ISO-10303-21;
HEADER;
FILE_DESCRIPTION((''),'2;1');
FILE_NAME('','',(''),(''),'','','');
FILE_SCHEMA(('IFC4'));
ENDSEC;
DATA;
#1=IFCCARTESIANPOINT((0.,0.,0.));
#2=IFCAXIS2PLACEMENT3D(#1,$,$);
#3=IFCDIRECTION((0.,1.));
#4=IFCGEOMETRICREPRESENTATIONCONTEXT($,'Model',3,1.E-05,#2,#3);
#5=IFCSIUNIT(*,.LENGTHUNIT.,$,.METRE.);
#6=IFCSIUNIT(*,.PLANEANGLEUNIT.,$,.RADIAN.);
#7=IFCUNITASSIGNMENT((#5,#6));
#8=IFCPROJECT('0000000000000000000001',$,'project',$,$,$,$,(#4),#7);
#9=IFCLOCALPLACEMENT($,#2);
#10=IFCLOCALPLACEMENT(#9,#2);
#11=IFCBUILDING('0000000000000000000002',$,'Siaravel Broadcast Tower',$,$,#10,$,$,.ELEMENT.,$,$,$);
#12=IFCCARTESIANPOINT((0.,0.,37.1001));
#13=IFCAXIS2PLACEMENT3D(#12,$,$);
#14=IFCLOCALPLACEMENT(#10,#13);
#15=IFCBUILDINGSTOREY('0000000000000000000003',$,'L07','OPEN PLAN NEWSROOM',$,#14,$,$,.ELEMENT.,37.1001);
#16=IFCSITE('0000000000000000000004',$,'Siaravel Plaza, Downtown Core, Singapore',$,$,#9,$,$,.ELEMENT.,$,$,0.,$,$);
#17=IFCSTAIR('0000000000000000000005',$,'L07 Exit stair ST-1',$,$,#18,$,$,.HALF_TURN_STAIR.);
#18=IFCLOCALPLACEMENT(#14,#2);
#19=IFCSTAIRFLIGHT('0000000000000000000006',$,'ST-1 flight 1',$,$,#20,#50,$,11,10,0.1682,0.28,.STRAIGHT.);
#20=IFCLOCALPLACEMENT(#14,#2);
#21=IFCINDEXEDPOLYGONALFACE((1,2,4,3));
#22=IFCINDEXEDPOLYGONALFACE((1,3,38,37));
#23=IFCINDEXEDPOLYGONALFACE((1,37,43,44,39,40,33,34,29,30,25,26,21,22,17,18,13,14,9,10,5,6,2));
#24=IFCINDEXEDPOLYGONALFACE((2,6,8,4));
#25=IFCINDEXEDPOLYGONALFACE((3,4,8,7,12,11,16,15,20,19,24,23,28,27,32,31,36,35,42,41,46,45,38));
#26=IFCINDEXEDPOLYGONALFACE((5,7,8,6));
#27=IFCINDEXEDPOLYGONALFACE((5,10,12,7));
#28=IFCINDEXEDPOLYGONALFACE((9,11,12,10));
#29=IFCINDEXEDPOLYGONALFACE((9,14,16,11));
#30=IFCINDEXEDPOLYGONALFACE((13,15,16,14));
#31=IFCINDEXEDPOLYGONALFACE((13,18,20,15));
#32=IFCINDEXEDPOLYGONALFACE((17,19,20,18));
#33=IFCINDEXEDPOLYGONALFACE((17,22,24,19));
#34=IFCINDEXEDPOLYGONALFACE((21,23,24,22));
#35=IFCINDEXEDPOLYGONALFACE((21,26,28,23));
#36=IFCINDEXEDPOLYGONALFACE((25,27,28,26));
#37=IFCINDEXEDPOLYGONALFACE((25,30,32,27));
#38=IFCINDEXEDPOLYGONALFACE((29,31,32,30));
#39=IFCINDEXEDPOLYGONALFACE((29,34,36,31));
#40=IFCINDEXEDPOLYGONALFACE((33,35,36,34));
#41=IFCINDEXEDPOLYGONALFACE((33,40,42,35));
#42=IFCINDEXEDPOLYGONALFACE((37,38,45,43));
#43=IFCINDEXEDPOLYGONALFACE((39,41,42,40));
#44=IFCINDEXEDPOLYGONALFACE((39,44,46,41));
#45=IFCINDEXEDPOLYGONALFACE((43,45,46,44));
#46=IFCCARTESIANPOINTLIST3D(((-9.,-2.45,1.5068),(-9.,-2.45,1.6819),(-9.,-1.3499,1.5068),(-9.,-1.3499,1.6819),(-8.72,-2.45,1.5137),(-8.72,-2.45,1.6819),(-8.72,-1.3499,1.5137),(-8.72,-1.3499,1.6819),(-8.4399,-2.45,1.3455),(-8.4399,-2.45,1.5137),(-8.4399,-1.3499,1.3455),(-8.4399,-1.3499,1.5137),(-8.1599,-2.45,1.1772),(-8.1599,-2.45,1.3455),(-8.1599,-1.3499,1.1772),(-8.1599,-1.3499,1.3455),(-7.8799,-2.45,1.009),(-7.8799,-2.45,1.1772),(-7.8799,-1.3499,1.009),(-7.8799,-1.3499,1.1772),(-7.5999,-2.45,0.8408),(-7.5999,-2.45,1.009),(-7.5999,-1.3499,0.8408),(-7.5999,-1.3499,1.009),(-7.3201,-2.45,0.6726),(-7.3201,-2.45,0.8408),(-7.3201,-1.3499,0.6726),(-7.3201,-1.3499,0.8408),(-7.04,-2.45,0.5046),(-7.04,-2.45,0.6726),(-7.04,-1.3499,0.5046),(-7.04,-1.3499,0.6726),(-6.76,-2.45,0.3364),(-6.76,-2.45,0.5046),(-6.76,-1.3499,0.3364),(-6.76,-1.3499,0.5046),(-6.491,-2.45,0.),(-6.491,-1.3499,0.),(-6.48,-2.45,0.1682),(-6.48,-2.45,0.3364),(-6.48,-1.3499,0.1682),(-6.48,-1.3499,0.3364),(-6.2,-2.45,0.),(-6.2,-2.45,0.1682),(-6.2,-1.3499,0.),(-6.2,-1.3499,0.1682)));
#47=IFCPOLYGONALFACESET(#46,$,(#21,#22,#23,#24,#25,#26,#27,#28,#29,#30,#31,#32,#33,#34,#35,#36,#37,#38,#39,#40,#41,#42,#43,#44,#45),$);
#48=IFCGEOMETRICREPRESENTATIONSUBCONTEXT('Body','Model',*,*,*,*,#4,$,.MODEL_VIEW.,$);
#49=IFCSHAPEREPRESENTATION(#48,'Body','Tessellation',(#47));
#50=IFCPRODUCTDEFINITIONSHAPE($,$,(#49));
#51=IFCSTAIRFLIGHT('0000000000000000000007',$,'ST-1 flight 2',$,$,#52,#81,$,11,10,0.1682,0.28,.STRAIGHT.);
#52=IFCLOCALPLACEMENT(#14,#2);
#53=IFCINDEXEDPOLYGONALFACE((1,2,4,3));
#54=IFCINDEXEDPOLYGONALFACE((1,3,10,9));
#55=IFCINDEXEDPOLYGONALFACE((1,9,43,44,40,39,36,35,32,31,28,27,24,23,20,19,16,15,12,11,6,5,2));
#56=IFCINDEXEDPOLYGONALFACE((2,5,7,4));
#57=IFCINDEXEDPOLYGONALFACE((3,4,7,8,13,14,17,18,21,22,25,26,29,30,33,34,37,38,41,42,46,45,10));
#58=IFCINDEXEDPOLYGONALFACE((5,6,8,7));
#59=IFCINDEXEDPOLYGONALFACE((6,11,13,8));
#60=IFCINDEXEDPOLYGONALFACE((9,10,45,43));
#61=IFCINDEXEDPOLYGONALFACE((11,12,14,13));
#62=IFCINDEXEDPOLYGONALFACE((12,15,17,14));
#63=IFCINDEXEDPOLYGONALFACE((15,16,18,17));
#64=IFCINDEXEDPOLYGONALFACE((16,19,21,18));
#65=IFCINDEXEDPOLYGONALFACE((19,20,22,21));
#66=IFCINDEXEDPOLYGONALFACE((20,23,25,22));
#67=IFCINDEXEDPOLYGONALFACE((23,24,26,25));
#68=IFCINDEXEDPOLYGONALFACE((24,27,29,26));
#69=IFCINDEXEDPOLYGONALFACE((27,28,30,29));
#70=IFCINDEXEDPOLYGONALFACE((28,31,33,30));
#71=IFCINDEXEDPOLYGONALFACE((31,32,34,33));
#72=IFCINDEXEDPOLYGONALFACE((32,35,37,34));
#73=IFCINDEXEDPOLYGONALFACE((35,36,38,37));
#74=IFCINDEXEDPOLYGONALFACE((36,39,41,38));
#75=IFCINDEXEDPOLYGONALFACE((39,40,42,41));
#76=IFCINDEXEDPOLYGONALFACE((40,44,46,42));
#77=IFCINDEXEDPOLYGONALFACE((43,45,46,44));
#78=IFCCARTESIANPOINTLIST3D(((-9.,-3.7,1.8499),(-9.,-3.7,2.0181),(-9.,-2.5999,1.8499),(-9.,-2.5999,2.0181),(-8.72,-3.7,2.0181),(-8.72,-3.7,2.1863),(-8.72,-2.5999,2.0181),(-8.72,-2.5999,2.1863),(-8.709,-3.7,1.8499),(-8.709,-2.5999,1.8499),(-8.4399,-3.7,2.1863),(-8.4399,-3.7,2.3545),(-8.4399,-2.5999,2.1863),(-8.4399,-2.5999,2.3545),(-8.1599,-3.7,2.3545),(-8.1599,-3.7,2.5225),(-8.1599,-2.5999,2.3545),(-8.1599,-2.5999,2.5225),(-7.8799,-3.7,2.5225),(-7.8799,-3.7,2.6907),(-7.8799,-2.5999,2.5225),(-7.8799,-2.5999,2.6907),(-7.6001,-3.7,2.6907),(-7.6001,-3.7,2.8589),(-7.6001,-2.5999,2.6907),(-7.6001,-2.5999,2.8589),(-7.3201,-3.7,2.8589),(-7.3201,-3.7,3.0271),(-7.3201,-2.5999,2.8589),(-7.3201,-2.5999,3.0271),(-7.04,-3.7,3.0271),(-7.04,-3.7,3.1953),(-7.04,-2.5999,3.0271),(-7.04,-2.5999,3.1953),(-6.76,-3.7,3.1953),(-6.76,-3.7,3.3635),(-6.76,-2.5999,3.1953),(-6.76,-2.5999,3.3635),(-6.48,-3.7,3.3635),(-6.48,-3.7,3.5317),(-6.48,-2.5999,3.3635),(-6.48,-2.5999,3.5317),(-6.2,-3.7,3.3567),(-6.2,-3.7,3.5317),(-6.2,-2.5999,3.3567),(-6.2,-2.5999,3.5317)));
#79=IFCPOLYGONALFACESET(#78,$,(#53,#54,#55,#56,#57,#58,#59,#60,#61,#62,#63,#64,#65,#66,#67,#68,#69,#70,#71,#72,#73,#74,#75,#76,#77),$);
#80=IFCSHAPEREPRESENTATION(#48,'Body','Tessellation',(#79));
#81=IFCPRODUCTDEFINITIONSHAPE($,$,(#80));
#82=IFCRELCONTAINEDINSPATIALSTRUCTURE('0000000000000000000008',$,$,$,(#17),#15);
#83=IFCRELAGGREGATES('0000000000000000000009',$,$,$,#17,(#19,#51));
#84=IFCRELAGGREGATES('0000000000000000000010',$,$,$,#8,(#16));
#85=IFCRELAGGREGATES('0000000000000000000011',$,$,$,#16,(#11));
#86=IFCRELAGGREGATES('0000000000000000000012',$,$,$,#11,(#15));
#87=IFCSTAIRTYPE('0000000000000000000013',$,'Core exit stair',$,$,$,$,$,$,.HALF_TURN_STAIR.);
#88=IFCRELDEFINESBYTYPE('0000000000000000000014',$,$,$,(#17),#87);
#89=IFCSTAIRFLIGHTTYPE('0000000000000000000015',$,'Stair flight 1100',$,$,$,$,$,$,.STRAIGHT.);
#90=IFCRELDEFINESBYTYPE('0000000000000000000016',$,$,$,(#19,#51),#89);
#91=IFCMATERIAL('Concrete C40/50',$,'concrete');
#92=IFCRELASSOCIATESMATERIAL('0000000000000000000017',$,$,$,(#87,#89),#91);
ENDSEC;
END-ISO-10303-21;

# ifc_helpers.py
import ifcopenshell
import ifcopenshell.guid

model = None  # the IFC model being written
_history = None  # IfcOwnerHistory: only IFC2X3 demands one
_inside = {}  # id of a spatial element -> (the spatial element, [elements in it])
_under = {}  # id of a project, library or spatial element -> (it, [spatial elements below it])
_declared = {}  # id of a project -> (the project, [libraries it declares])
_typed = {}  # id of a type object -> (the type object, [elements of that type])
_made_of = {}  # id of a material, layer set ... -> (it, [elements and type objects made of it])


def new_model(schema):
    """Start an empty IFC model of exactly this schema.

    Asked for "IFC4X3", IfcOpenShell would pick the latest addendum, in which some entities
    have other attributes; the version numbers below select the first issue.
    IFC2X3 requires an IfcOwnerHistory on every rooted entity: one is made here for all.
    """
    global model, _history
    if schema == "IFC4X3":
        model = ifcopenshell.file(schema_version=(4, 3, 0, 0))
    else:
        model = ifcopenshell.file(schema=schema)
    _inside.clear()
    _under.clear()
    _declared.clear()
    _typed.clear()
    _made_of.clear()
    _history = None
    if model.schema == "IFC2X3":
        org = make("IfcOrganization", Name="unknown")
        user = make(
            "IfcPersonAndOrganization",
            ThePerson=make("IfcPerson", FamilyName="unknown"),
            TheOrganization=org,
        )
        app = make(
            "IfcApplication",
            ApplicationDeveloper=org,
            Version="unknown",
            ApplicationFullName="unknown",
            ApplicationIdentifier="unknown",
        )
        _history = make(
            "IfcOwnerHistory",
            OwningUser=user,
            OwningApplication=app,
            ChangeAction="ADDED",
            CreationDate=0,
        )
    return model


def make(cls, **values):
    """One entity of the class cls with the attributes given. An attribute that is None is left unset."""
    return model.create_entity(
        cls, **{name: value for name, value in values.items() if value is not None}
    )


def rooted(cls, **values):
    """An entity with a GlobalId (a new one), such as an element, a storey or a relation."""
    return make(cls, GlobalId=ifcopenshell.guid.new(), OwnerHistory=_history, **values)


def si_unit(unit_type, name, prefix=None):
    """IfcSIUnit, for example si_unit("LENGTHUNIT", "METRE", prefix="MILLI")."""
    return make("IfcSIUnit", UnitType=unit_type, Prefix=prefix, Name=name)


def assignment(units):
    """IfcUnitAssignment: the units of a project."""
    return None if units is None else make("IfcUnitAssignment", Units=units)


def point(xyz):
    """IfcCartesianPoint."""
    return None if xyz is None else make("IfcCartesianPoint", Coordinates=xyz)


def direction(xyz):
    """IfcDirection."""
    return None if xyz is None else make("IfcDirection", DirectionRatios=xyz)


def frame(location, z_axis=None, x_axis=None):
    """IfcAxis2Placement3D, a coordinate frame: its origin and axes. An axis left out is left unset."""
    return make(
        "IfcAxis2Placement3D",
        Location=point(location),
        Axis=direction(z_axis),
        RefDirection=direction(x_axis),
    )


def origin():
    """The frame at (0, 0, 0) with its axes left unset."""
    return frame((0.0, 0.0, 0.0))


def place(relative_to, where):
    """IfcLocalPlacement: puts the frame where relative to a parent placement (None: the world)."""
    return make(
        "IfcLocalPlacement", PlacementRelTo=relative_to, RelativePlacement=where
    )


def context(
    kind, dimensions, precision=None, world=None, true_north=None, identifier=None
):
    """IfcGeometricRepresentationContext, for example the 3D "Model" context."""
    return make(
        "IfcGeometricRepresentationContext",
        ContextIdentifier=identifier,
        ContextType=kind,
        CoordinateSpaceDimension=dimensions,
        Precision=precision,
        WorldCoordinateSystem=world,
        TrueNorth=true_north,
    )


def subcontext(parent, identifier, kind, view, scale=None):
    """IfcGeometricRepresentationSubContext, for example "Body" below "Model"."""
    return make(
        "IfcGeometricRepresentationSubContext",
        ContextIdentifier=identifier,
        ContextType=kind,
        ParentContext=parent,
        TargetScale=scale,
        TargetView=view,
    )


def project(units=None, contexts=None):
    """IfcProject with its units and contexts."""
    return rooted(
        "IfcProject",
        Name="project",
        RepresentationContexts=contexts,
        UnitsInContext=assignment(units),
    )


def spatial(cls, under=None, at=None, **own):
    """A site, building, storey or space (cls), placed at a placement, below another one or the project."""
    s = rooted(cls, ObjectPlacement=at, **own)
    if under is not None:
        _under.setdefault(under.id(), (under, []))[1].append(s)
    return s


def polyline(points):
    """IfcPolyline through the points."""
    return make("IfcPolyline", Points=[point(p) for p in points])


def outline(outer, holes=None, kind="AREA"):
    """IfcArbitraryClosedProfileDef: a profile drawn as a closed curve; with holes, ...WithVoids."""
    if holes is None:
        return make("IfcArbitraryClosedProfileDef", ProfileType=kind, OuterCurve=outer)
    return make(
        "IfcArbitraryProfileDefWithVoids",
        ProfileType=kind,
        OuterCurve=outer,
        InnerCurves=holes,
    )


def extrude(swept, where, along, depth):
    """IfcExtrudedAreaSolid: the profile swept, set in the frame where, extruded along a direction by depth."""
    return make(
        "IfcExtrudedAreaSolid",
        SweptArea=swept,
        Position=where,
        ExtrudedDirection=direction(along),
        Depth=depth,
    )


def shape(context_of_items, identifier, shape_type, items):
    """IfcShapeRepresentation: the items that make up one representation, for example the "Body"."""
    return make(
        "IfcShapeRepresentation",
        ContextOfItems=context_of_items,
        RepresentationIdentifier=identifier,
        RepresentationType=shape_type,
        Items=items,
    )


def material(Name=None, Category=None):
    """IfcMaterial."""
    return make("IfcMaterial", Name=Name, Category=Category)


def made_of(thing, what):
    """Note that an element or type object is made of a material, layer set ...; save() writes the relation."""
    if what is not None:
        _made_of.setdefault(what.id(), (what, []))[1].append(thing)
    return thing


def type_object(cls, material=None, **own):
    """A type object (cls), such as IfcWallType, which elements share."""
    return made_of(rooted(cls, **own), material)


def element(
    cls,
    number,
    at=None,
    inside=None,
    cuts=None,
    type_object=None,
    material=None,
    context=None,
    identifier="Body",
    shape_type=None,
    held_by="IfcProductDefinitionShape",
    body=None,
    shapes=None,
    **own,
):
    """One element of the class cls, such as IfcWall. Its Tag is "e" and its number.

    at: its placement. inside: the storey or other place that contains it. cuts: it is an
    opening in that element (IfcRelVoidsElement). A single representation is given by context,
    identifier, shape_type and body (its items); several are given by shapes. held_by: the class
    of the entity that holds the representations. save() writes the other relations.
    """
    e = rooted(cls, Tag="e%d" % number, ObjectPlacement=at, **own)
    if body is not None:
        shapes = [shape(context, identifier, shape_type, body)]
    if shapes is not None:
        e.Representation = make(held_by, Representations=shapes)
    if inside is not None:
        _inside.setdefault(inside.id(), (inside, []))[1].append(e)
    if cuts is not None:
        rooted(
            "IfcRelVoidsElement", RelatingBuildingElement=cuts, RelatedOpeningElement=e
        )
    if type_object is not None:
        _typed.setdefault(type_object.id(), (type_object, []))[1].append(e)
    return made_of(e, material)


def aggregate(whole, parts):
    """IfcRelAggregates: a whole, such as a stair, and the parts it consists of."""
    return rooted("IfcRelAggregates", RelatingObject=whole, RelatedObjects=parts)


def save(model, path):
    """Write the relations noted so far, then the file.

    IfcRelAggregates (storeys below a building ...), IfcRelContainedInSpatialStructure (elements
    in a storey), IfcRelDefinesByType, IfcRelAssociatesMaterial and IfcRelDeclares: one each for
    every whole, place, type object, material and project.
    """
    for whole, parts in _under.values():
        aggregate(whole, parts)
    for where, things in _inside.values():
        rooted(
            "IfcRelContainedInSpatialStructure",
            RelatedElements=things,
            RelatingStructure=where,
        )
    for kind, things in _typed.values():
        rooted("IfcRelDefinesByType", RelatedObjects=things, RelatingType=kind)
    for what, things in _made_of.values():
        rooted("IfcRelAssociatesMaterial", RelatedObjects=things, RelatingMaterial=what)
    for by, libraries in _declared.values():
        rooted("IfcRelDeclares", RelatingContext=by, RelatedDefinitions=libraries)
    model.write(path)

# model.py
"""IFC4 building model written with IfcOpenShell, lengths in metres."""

from ifc_helpers import new_model, si_unit, direction, frame, origin, place, context, subcontext, project, spatial, polyline, outline, extrude, material, type_object, element, aggregate, save


model = new_model("IFC4")

# Units and contexts
model_context = context("Model", 3, precision=1e-05, world=origin(), true_north=direction((0.0, 1.0)))
body_context = subcontext(model_context, "Body", "Model", "MODEL_VIEW")
ifc_project = project(units=[si_unit("LENGTHUNIT", "METRE"), si_unit("PLANEANGLEUNIT", "RADIAN")], contexts=[model_context])

# Site, building, storey
site_placement = place(None, origin())
site = spatial("IfcSite", under=ifc_project, at=site_placement, Name="Siaravel Plaza, Downtown Core, Singapore", CompositionType="ELEMENT", RefElevation=0.0)
building_placement = place(site_placement, origin())
building = spatial("IfcBuilding", under=site, at=building_placement, Name="Siaravel Broadcast Tower", CompositionType="ELEMENT")
storey_placement = place(building_placement, frame((0.0, 0.0, 37.1001)))
storey = spatial("IfcBuildingStorey", under=building, at=storey_placement, Name="L07", Description="OPEN PLAN NEWSROOM", CompositionType="ELEMENT", Elevation=37.1001)

# Stair, stair flights
ifc_material_1 = material(Name="Concrete C40/50", Category="concrete")
stair_type = type_object("IfcStairType", Name="Core exit stair", PredefinedType="HALF_TURN_STAIR", material=ifc_material_1)
stair_placement = place(storey_placement, origin())
stair = element("IfcStair", 1, at=stair_placement, inside=storey, type_object=stair_type, Name="L07 Exit stair ST-1", PredefinedType="HALF_TURN_STAIR")
stair_flight_type = type_object("IfcStairFlightType", Name="Stair flight 1100", PredefinedType="STRAIGHT", material=ifc_material_1)
stair_flight_1_placement = place(storey_placement, frame((-6.2, -1.8999, 0.0), z_axis=(0.0, 0.0, 1.0), x_axis=(-1.0, 0.0, 0.0)))
stair_flight_1 = element("IfcStairFlight", 2, at=stair_flight_1_placement, type_object=stair_flight_type, Name="ST-1 flight 1", NumberOfRisers=11, NumberOfTreads=10, PredefinedType="STRAIGHT", RiserHeight=0.1682, TreadLength=0.28, context=body_context, shape_type="SweptSolid", body=[
    extrude(outline(polyline([(0.0, 0.0), (0.0, 0.1682), (0.28, 0.1682), (0.28, 0.3364), (0.5601, 0.3364), (0.5601, 0.5046), (0.8401, 0.5046), (0.8401, 0.6726), (1.1201, 0.6726), (1.1201, 0.8408), (1.3999, 0.8408), (1.3999, 1.009), (1.6799, 1.009), (1.6799, 1.1772), (1.96, 1.1772), (1.96, 1.3455), (2.24, 1.3455), (2.24, 1.5137), (2.52, 1.5137), (2.52, 1.6819), (2.8, 1.6819), (2.8, 1.8501), (2.8, 1.5068), (0.291, 0.0), (0.0, 0.0)])), frame((0.0, 0.55, 0.0), z_axis=(0.0, -1.0, 0.0), x_axis=(1.0, 0.0, 0.0)), (0.0, 0.0, 1.0), 1.1001),
])
stair_flight_2_placement = place(storey_placement, frame((-9.0, -3.1499, 1.8499), z_axis=(0.0, 0.0, 1.0), x_axis=(1.0, 0.0, 0.0)))
stair_flight_2 = element("IfcStairFlight", 3, at=stair_flight_2_placement, type_object=stair_flight_type, Name="ST-1 flight 2", NumberOfRisers=11, NumberOfTreads=10, PredefinedType="STRAIGHT", RiserHeight=0.1682, TreadLength=0.28, context=body_context, shape_type="SweptSolid", body=[
    extrude(outline(polyline([(0.0, 0.0), (0.0, 0.1682), (0.28, 0.1682), (0.28, 0.3364), (0.5601, 0.3364), (0.5601, 0.5046), (0.8401, 0.5046), (0.8401, 0.6726), (1.1201, 0.6726), (1.1201, 0.8408), (1.3999, 0.8408), (1.3999, 1.009), (1.6799, 1.009), (1.6799, 1.1772), (1.96, 1.1772), (1.96, 1.3455), (2.24, 1.3455), (2.24, 1.5137), (2.52, 1.5137), (2.52, 1.6819), (2.8, 1.6819), (2.8, 1.8501), (2.8, 1.5068), (0.291, 0.0), (0.0, 0.0)])), frame((0.0, 0.55, 0.0), z_axis=(0.0, -1.0, 0.0), x_axis=(1.0, 0.0, 0.0)), (0.0, 0.0, 1.0), 1.1001),
])
aggregate(stair, [stair_flight_1, stair_flight_2])

save(model, "model.ifc")
